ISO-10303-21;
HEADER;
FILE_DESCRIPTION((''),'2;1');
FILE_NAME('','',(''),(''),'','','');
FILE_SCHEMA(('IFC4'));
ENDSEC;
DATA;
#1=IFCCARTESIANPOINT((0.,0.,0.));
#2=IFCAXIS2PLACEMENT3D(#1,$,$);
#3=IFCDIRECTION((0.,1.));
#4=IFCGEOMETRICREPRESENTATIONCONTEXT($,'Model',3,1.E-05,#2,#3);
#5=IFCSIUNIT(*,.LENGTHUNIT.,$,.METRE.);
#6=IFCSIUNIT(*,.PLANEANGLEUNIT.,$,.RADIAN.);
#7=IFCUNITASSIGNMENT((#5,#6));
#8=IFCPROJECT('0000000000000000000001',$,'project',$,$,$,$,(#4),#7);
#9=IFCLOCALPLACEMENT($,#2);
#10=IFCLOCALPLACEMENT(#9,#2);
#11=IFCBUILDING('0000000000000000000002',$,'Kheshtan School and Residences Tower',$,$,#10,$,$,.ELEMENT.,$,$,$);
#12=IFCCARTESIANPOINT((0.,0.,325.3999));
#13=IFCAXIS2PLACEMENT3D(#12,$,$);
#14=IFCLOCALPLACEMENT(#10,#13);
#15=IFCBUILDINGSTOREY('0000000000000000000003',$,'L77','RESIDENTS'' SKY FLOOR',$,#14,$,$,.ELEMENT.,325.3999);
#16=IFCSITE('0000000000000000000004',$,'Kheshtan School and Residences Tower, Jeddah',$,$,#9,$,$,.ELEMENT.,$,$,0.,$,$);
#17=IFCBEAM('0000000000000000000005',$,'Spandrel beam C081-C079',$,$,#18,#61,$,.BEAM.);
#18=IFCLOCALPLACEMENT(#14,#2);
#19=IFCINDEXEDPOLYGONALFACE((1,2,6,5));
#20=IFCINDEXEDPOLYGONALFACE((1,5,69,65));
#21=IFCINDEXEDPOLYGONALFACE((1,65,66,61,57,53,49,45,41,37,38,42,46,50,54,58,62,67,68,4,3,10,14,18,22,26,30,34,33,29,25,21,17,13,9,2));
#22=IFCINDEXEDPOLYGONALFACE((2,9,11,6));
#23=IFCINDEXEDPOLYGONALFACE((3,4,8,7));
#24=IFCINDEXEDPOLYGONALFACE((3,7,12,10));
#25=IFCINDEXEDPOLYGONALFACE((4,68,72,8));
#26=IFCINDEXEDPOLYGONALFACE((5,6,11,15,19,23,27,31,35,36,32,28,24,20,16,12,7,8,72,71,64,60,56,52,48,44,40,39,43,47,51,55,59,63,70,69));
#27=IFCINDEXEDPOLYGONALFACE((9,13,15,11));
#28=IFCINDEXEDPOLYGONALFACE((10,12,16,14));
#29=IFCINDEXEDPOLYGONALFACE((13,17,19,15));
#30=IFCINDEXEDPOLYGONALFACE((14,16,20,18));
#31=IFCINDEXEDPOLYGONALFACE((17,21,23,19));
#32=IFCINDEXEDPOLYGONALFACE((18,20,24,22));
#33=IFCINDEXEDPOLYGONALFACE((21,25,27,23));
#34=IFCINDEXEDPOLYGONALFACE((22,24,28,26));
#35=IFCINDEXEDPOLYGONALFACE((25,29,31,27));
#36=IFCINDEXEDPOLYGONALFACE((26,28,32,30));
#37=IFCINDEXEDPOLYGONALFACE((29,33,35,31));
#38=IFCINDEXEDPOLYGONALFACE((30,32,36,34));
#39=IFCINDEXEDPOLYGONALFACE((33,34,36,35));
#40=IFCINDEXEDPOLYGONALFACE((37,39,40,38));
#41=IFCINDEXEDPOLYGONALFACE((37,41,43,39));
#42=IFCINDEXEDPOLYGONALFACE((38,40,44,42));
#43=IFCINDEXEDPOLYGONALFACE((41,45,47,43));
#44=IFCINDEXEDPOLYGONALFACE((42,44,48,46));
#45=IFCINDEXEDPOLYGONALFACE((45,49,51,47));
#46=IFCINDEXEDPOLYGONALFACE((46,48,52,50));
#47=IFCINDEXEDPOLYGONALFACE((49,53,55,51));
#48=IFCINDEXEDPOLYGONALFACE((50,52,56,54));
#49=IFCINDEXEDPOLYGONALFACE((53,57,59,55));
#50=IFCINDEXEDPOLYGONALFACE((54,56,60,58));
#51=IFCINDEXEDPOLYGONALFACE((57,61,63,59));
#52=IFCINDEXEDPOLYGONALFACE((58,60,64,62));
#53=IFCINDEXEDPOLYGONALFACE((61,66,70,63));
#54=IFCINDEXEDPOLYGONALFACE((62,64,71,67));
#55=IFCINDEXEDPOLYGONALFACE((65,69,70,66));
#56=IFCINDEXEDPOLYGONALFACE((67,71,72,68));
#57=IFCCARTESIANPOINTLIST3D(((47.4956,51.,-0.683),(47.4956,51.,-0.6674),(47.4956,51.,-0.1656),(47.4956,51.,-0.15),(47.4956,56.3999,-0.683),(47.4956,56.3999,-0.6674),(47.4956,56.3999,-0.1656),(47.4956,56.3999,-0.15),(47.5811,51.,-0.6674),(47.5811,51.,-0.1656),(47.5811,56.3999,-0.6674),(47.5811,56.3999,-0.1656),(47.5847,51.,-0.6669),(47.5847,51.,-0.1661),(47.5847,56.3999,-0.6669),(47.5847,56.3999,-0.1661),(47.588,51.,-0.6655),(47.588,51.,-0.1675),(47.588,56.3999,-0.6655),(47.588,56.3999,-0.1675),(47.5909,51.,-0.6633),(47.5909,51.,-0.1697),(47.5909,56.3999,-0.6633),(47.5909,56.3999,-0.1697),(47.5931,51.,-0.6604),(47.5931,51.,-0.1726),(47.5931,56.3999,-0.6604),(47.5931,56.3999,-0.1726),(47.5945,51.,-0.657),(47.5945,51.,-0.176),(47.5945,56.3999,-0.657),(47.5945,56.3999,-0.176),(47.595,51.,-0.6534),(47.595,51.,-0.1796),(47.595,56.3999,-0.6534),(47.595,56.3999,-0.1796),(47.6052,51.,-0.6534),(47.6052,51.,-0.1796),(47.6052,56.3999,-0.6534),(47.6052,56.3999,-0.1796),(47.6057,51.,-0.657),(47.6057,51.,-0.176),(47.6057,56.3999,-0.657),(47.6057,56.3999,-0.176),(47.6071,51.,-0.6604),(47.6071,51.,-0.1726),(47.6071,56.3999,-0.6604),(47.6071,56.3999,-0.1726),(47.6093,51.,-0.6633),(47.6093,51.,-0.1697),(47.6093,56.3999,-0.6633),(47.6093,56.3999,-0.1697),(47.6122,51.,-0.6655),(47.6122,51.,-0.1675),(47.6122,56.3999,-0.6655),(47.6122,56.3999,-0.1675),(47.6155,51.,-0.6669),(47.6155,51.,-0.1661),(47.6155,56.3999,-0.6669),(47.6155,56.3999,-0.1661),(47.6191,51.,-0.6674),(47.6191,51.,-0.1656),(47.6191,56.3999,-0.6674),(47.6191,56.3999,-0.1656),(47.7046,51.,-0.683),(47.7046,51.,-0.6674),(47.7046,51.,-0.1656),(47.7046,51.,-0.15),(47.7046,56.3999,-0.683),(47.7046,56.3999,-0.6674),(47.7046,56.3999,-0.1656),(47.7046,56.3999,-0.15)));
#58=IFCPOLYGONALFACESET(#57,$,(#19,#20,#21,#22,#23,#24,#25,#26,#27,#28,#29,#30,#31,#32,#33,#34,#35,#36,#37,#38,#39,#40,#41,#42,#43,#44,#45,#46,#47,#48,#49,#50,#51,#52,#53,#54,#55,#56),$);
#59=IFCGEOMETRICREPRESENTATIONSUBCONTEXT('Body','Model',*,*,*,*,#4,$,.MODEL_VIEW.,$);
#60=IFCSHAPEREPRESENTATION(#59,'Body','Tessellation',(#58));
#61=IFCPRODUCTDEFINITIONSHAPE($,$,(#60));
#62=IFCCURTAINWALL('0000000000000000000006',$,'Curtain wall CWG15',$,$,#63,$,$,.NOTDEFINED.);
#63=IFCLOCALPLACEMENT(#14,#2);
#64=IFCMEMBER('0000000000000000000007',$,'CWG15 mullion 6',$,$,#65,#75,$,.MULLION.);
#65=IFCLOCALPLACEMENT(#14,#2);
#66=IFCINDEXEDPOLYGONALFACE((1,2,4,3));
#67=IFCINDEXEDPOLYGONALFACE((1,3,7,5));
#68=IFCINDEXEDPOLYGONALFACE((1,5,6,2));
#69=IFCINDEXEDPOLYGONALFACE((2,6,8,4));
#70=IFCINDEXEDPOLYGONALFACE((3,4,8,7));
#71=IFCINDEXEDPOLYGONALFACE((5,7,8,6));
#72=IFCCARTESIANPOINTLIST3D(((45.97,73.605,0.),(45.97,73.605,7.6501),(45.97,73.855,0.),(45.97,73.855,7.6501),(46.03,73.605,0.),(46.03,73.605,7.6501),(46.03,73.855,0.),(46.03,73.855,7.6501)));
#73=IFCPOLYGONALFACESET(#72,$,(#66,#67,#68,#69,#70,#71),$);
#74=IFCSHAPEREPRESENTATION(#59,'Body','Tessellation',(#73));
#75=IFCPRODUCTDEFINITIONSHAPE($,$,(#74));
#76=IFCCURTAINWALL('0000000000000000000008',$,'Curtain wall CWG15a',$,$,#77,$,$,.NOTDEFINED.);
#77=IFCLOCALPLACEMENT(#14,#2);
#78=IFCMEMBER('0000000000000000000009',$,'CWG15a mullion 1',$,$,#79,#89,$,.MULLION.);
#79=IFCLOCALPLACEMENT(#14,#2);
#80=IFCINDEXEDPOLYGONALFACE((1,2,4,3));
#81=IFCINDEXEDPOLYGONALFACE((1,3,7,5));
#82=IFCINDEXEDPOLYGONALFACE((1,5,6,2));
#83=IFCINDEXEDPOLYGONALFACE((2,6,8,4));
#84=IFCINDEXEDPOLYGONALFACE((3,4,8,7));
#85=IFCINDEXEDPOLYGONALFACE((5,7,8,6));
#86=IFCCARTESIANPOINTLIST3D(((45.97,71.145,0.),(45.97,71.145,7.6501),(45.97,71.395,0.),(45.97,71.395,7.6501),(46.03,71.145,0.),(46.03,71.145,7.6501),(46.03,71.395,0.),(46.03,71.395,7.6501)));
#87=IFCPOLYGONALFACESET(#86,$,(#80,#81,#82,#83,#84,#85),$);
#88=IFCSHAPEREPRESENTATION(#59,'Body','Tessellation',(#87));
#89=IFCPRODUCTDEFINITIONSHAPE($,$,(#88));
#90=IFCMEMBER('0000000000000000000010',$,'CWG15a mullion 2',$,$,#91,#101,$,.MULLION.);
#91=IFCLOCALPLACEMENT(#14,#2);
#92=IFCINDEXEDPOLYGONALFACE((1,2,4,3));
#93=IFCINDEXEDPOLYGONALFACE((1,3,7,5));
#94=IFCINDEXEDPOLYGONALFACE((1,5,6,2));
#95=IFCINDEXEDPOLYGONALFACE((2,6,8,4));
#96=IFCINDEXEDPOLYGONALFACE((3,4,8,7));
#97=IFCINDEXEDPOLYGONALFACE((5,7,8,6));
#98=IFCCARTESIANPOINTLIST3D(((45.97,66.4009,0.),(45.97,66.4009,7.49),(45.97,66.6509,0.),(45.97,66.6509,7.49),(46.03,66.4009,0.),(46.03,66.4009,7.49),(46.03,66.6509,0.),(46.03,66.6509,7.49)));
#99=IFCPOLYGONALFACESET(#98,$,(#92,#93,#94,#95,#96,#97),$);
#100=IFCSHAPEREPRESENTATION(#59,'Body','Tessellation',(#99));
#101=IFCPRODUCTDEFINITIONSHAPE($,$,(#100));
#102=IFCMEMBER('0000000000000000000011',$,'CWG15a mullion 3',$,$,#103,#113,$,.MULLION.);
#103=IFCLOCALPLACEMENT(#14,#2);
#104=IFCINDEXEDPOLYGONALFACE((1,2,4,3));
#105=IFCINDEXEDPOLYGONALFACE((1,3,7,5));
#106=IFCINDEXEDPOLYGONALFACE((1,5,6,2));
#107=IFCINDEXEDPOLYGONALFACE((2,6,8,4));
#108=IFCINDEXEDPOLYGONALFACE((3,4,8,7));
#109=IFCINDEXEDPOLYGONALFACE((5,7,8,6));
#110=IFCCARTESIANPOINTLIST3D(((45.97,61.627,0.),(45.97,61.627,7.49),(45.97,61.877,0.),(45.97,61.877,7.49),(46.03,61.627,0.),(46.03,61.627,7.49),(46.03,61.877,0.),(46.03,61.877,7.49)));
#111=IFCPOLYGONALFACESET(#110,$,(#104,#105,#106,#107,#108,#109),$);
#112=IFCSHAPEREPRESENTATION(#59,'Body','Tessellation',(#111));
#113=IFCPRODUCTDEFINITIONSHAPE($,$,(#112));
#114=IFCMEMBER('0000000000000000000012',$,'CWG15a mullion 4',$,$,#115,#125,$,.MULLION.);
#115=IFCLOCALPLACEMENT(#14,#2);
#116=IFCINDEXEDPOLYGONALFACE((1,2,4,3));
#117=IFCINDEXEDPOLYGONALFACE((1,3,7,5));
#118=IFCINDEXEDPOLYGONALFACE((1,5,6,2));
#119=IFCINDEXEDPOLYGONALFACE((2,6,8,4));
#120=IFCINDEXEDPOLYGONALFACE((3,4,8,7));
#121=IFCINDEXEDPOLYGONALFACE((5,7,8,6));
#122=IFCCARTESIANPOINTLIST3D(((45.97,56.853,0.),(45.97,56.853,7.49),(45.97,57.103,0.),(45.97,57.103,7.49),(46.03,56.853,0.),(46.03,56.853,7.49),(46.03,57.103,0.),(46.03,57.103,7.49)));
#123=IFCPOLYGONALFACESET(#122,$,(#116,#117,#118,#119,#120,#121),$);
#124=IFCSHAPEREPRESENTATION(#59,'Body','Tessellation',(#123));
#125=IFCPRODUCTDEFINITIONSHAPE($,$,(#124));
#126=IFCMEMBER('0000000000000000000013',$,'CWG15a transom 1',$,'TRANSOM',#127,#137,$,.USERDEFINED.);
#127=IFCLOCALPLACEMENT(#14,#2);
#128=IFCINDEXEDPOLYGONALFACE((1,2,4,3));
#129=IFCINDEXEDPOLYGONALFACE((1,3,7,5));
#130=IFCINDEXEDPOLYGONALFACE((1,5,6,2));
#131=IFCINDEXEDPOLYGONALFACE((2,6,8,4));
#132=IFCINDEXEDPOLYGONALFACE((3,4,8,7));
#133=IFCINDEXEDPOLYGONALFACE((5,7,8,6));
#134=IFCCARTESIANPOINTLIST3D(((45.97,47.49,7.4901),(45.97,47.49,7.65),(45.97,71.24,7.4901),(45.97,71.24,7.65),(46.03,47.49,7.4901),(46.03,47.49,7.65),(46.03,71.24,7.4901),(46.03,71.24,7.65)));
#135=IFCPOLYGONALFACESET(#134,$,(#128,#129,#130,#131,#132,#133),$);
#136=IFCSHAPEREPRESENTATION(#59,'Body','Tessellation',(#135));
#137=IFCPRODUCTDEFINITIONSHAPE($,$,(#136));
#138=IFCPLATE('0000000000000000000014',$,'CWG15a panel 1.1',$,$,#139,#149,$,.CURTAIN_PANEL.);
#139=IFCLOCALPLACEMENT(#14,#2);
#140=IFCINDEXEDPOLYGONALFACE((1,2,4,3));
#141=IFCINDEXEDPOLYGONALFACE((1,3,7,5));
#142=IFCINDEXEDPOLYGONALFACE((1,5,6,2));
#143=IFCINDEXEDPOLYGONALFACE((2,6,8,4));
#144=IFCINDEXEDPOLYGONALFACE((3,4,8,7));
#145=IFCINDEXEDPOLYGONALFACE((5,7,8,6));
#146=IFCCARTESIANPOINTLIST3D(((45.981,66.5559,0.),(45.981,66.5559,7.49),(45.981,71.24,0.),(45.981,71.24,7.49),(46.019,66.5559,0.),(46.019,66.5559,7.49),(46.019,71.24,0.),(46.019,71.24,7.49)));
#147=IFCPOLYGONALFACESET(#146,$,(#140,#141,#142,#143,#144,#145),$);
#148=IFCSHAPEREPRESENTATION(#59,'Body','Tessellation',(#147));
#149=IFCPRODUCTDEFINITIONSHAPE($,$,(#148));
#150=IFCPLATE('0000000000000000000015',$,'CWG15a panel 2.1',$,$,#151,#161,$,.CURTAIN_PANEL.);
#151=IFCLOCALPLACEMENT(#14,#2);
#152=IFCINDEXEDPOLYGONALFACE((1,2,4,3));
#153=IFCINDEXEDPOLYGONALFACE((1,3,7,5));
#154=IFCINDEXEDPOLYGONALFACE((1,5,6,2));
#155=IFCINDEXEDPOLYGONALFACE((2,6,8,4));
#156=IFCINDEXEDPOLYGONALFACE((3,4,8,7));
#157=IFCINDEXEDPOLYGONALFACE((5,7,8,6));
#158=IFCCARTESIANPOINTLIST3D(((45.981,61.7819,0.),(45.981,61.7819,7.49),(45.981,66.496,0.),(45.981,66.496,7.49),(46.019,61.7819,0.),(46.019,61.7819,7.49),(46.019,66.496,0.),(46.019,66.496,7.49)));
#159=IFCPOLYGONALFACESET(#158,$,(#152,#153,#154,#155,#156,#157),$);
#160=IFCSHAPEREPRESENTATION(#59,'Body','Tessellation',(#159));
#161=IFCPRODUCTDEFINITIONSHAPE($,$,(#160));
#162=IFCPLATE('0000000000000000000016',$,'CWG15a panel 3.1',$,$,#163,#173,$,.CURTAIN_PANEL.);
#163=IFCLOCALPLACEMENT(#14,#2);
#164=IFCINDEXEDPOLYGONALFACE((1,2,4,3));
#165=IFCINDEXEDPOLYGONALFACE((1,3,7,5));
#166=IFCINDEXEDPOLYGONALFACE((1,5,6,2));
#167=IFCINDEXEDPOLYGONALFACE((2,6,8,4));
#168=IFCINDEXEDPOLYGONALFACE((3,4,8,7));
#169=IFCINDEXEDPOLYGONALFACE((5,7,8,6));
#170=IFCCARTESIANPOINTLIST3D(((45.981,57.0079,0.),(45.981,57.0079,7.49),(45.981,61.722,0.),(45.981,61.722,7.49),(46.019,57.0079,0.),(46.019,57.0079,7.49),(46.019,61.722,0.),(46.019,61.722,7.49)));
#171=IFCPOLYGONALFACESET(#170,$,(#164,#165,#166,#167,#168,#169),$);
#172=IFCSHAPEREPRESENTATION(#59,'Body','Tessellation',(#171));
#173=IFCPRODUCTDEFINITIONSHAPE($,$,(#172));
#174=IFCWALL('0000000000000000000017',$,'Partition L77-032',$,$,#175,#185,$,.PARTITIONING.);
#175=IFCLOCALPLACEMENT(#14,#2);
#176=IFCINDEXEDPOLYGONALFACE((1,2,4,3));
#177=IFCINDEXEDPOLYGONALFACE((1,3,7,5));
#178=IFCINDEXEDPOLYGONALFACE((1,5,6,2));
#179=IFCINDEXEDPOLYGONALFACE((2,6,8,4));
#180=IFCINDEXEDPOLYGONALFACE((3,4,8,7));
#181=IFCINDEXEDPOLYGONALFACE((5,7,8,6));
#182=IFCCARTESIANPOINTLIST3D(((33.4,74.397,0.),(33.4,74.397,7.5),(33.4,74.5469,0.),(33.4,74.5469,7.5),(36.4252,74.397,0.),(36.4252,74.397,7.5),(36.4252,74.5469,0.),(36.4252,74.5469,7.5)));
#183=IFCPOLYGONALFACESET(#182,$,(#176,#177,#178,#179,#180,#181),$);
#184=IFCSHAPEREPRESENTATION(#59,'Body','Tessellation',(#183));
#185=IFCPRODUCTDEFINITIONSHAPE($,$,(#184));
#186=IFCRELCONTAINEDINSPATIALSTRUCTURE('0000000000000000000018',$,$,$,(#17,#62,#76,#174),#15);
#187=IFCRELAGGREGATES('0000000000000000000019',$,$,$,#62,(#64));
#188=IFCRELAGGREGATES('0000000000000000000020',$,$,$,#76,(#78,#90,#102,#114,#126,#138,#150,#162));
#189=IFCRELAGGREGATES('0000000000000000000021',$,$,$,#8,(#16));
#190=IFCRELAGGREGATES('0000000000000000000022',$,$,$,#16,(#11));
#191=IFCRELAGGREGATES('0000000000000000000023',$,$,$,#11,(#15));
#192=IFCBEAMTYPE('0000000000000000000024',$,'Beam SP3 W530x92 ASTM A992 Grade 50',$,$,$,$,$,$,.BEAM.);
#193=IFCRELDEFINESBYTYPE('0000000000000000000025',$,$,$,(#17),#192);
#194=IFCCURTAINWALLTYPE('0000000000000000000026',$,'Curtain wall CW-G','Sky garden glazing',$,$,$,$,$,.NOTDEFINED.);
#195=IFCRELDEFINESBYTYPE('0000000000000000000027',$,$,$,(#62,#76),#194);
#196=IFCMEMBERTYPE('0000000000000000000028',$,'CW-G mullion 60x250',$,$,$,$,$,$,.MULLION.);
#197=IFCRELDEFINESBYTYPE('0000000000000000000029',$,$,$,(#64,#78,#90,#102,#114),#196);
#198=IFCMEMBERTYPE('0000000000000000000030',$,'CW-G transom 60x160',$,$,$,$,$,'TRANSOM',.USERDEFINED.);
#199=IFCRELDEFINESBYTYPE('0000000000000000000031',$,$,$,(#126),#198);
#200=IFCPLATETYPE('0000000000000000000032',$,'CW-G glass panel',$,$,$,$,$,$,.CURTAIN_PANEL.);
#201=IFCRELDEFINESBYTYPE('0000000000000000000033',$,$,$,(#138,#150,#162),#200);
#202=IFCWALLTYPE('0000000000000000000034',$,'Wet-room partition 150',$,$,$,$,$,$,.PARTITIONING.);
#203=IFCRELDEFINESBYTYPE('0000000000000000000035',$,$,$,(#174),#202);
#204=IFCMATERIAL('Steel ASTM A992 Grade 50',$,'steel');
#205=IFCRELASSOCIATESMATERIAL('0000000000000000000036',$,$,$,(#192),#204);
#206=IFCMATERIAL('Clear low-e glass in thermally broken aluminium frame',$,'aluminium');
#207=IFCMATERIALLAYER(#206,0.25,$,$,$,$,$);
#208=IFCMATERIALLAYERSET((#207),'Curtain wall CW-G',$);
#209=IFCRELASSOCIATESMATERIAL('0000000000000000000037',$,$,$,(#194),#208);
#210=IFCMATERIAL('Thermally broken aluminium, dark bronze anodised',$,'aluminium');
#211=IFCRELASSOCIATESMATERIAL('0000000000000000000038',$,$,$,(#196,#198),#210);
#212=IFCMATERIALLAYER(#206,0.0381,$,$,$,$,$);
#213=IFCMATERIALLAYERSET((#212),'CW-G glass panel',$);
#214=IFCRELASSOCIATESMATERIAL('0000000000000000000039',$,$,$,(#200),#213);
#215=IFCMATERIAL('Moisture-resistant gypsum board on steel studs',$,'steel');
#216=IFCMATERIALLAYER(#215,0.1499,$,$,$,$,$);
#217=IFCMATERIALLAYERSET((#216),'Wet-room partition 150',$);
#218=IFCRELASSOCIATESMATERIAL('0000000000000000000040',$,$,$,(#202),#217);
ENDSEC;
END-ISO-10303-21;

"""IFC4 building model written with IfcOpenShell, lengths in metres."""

from ifc_helpers import new_model, si_unit, direction, frame, frame_2d, origin, origin_2d, place, context, subcontext, project, spatial, rectangle, i_section, extrude, material, layer, layer_set, material_profile, profile_set, type_object, element, aggregate, save


model = new_model("IFC4")

# Units and contexts
model_context = context("Model", 3, precision=1e-05, world=origin(), true_north=direction((0.0, 1.0)))
body_context = subcontext(model_context, "Body", "Model", "MODEL_VIEW")
ifc_project = project(units=[si_unit("LENGTHUNIT", "METRE"), si_unit("PLANEANGLEUNIT", "RADIAN")], contexts=[model_context])

# Site, building, storey
site_placement = place(None, origin())
site = spatial("IfcSite", under=ifc_project, at=site_placement, Name="Kheshtan School and Residences Tower, Jeddah", CompositionType="ELEMENT", RefElevation=0.0)
building_placement = place(site_placement, origin())
building = spatial("IfcBuilding", under=site, at=building_placement, Name="Kheshtan School and Residences Tower", CompositionType="ELEMENT")
storey_placement = place(building_placement, frame((0.0, 0.0, 325.3999)))
storey = spatial("IfcBuildingStorey", under=building, at=storey_placement, Name="L77", Description="RESIDENTS' SKY FLOOR", CompositionType="ELEMENT", Elevation=325.3999)

# Shared definitions
ifc_material_1 = material(Name="Steel ASTM A992 Grade 50", Category="steel")

# Beam
ifc_material_profile_1 = material_profile(ifc_material_1, i_section(OverallWidth=0.209, OverallDepth=0.533, WebThickness=0.0103, FlangeThickness=0.0156, FilletRadius=0.0139, at=origin_2d()), Name="W530x92")
ifc_profile_set_1 = profile_set([ifc_material_profile_1], Name="Steel ASTM A992 Grade 50")
beam_type_1 = type_object("IfcBeamType", Name="Beam SP3 W530x92 ASTM A992 Grade 50", PredefinedType="BEAM", material=ifc_profile_set_1)
beam_1_placement = place(storey_placement, frame((47.6001, 56.3999, -0.4165), z_axis=(0.0, -1.0, 0.0), x_axis=(1.0, 0.0, 0.0)))
element("IfcBeam", 1, at=beam_1_placement, inside=storey, type_object=beam_type_1, Name="Spandrel beam C081-C079", PredefinedType="BEAM", context=body_context, shape_type="SweptSolid", body=[
    extrude(i_section(OverallWidth=0.209, OverallDepth=0.533, WebThickness=0.0103, FlangeThickness=0.0156, FilletRadius=0.0139, at=origin_2d()), origin(), (0.0, 0.0, 1.0), 5.3999),
])

# Curtain wall, member
ifc_material_2 = material(Name="Clear low-e glass in thermally broken aluminium frame", Category="aluminium")
ifc_layer_1 = layer(ifc_material_2, 0.25)
ifc_layer_set_1 = layer_set([ifc_layer_1], Name="Curtain wall CW-G")
curtain_wall_type = type_object("IfcCurtainWallType", Name="Curtain wall CW-G", Description="Sky garden glazing", PredefinedType="NOTDEFINED", material=ifc_layer_set_1)
curtain_wall_1_placement = place(storey_placement, origin())
curtain_wall_1 = element("IfcCurtainWall", 2, at=curtain_wall_1_placement, inside=storey, type_object=curtain_wall_type, Name="Curtain wall CWG15", PredefinedType="NOTDEFINED")
ifc_material_3 = material(Name="Thermally broken aluminium, dark bronze anodised", Category="aluminium")
ifc_material_profile_2 = material_profile(ifc_material_3, rectangle(XDim=0.0601, YDim=0.25, at=origin_2d()), Name="CW-G mullion 60x250")
ifc_profile_set_2 = profile_set([ifc_material_profile_2], Name="Thermally broken aluminium, dark bronze anodised")
member_type_1 = type_object("IfcMemberType", Name="CW-G mullion 60x250", PredefinedType="MULLION", material=ifc_profile_set_2)
member_1_placement = place(storey_placement, frame((46.0, 73.73, 0.0), z_axis=(0.0, 0.0, 1.0), x_axis=(1.0, 0.0, 0.0)))
member_1 = element("IfcMember", 3, at=member_1_placement, type_object=member_type_1, Name="CWG15 mullion 6", PredefinedType="MULLION", context=body_context, shape_type="SweptSolid", body=[
    extrude(rectangle(XDim=0.0601, YDim=0.25, at=origin_2d()), origin(), (0.0, 0.0, 1.0), 7.6501),
])
aggregate(curtain_wall_1, [member_1])

# Curtain wall, members, plates
curtain_wall_2_placement = place(storey_placement, origin())
curtain_wall_2 = element("IfcCurtainWall", 4, at=curtain_wall_2_placement, inside=storey, type_object=curtain_wall_type, Name="Curtain wall CWG15a", PredefinedType="NOTDEFINED")
member_2_placement = place(storey_placement, frame((46.0, 71.27, 0.0), z_axis=(0.0, 0.0, 1.0), x_axis=(1.0, 0.0, 0.0)))
member_2 = element("IfcMember", 5, at=member_2_placement, type_object=member_type_1, Name="CWG15a mullion 1", PredefinedType="MULLION", context=body_context, shape_type="SweptSolid", body=[
    extrude(rectangle(XDim=0.0601, YDim=0.25, at=origin_2d()), origin(), (0.0, 0.0, 1.0), 7.6501),
])
member_3_placement = place(storey_placement, frame((46.0, 66.5259, 0.0), z_axis=(0.0, 0.0, 1.0), x_axis=(1.0, 0.0, 0.0)))
member_3 = element("IfcMember", 6, at=member_3_placement, type_object=member_type_1, Name="CWG15a mullion 2", PredefinedType="MULLION", context=body_context, shape_type="SweptSolid", body=[
    extrude(rectangle(XDim=0.0601, YDim=0.25, at=origin_2d()), origin(), (0.0, 0.0, 1.0), 7.49),
])
member_4_placement = place(storey_placement, frame((46.0, 61.752, 0.0), z_axis=(0.0, 0.0, 1.0), x_axis=(1.0, 0.0, 0.0)))
member_4 = element("IfcMember", 7, at=member_4_placement, type_object=member_type_1, Name="CWG15a mullion 3", PredefinedType="MULLION", context=body_context, shape_type="SweptSolid", body=[
    extrude(rectangle(XDim=0.0601, YDim=0.25, at=origin_2d()), origin(), (0.0, 0.0, 1.0), 7.49),
])
member_5_placement = place(storey_placement, frame((46.0, 56.978, 0.0), z_axis=(0.0, 0.0, 1.0), x_axis=(1.0, 0.0, 0.0)))
member_5 = element("IfcMember", 8, at=member_5_placement, type_object=member_type_1, Name="CWG15a mullion 4", PredefinedType="MULLION", context=body_context, shape_type="SweptSolid", body=[
    extrude(rectangle(XDim=0.0601, YDim=0.25, at=origin_2d()), origin(), (0.0, 0.0, 1.0), 7.49),
])
ifc_material_profile_3 = material_profile(ifc_material_3, rectangle(XDim=0.0601, YDim=0.1599, at=origin_2d()), Name="CW-G transom 60x160")
ifc_profile_set_3 = profile_set([ifc_material_profile_3], Name="Thermally broken aluminium, dark bronze anodised")
member_type_2 = type_object("IfcMemberType", Name="CW-G transom 60x160", ElementType="TRANSOM", PredefinedType="USERDEFINED", material=ifc_profile_set_3)
member_6_placement = place(storey_placement, frame((46.0, 71.24, 7.5701), z_axis=(0.0, -1.0, 0.0), x_axis=(1.0, 0.0, 0.0)))
member_6 = element("IfcMember", 9, at=member_6_placement, type_object=member_type_2, Name="CWG15a transom 1", ObjectType="TRANSOM", PredefinedType="USERDEFINED", context=body_context, shape_type="SweptSolid", body=[
    extrude(rectangle(XDim=0.0601, YDim=0.1599, at=origin_2d()), origin(), (0.0, 0.0, 1.0), 23.75),
])
ifc_layer_2 = layer(ifc_material_2, 0.0381)
ifc_layer_set_2 = layer_set([ifc_layer_2], Name="CW-G glass panel")
plate_type = type_object("IfcPlateType", Name="CW-G glass panel", PredefinedType="CURTAIN_PANEL", material=ifc_layer_set_2)
plate_1_placement = place(storey_placement, frame((46.0, 68.8979, 0.0), z_axis=(0.0, 0.0, 1.0), x_axis=(0.0, -1.0, 0.0)))
plate_1 = element("IfcPlate", 10, at=plate_1_placement, type_object=plate_type, Name="CWG15a panel 1.1", PredefinedType="CURTAIN_PANEL", context=body_context, shape_type="SweptSolid", body=[
    extrude(rectangle(XDim=4.6841, YDim=0.0381, at=origin_2d()), origin(), (0.0, 0.0, 1.0), 7.49),
])
plate_2_placement = place(storey_placement, frame((46.0, 64.1389, 0.0), z_axis=(0.0, 0.0, 1.0), x_axis=(0.0, -1.0, 0.0)))
plate_2 = element("IfcPlate", 11, at=plate_2_placement, type_object=plate_type, Name="CWG15a panel 2.1", PredefinedType="CURTAIN_PANEL", context=body_context, shape_type="SweptSolid", body=[
    extrude(rectangle(XDim=4.7141, YDim=0.0381, at=origin_2d()), origin(), (0.0, 0.0, 1.0), 7.49),
])
plate_3_placement = place(storey_placement, frame((46.0, 59.365, 0.0), z_axis=(0.0, 0.0, 1.0), x_axis=(0.0, -1.0, 0.0)))
plate_3 = element("IfcPlate", 12, at=plate_3_placement, type_object=plate_type, Name="CWG15a panel 3.1", PredefinedType="CURTAIN_PANEL", context=body_context, shape_type="SweptSolid", body=[
    extrude(rectangle(XDim=4.7141, YDim=0.0381, at=origin_2d()), origin(), (0.0, 0.0, 1.0), 7.49),
])
aggregate(curtain_wall_2, [member_2, member_3, member_4, member_5, member_6, plate_1, plate_2, plate_3])

# Wall
ifc_material_4 = material(Name="Moisture-resistant gypsum board on steel studs", Category="steel")
ifc_layer_3 = layer(ifc_material_4, 0.1499)
ifc_layer_set_3 = layer_set([ifc_layer_3], Name="Wet-room partition 150")
wall_type_1 = type_object("IfcWallType", Name="Wet-room partition 150", PredefinedType="PARTITIONING", material=ifc_layer_set_3)
wall_1_placement = place(storey_placement, frame((33.3999, 74.4719, 0.0), z_axis=(0.0, 0.0, 1.0), x_axis=(1.0, 0.0, 0.0)))
element("IfcWall", 13, at=wall_1_placement, inside=storey, type_object=wall_type_1, Name="Partition L77-032", PredefinedType="PARTITIONING", context=body_context, shape_type="SweptSolid", body=[
    extrude(rectangle(XDim=3.0251, YDim=0.1499, at=frame_2d((1.5127, 0.0))), origin(), (0.0, 0.0, 1.0), 7.5),
])

save(model, "model.ifc")
